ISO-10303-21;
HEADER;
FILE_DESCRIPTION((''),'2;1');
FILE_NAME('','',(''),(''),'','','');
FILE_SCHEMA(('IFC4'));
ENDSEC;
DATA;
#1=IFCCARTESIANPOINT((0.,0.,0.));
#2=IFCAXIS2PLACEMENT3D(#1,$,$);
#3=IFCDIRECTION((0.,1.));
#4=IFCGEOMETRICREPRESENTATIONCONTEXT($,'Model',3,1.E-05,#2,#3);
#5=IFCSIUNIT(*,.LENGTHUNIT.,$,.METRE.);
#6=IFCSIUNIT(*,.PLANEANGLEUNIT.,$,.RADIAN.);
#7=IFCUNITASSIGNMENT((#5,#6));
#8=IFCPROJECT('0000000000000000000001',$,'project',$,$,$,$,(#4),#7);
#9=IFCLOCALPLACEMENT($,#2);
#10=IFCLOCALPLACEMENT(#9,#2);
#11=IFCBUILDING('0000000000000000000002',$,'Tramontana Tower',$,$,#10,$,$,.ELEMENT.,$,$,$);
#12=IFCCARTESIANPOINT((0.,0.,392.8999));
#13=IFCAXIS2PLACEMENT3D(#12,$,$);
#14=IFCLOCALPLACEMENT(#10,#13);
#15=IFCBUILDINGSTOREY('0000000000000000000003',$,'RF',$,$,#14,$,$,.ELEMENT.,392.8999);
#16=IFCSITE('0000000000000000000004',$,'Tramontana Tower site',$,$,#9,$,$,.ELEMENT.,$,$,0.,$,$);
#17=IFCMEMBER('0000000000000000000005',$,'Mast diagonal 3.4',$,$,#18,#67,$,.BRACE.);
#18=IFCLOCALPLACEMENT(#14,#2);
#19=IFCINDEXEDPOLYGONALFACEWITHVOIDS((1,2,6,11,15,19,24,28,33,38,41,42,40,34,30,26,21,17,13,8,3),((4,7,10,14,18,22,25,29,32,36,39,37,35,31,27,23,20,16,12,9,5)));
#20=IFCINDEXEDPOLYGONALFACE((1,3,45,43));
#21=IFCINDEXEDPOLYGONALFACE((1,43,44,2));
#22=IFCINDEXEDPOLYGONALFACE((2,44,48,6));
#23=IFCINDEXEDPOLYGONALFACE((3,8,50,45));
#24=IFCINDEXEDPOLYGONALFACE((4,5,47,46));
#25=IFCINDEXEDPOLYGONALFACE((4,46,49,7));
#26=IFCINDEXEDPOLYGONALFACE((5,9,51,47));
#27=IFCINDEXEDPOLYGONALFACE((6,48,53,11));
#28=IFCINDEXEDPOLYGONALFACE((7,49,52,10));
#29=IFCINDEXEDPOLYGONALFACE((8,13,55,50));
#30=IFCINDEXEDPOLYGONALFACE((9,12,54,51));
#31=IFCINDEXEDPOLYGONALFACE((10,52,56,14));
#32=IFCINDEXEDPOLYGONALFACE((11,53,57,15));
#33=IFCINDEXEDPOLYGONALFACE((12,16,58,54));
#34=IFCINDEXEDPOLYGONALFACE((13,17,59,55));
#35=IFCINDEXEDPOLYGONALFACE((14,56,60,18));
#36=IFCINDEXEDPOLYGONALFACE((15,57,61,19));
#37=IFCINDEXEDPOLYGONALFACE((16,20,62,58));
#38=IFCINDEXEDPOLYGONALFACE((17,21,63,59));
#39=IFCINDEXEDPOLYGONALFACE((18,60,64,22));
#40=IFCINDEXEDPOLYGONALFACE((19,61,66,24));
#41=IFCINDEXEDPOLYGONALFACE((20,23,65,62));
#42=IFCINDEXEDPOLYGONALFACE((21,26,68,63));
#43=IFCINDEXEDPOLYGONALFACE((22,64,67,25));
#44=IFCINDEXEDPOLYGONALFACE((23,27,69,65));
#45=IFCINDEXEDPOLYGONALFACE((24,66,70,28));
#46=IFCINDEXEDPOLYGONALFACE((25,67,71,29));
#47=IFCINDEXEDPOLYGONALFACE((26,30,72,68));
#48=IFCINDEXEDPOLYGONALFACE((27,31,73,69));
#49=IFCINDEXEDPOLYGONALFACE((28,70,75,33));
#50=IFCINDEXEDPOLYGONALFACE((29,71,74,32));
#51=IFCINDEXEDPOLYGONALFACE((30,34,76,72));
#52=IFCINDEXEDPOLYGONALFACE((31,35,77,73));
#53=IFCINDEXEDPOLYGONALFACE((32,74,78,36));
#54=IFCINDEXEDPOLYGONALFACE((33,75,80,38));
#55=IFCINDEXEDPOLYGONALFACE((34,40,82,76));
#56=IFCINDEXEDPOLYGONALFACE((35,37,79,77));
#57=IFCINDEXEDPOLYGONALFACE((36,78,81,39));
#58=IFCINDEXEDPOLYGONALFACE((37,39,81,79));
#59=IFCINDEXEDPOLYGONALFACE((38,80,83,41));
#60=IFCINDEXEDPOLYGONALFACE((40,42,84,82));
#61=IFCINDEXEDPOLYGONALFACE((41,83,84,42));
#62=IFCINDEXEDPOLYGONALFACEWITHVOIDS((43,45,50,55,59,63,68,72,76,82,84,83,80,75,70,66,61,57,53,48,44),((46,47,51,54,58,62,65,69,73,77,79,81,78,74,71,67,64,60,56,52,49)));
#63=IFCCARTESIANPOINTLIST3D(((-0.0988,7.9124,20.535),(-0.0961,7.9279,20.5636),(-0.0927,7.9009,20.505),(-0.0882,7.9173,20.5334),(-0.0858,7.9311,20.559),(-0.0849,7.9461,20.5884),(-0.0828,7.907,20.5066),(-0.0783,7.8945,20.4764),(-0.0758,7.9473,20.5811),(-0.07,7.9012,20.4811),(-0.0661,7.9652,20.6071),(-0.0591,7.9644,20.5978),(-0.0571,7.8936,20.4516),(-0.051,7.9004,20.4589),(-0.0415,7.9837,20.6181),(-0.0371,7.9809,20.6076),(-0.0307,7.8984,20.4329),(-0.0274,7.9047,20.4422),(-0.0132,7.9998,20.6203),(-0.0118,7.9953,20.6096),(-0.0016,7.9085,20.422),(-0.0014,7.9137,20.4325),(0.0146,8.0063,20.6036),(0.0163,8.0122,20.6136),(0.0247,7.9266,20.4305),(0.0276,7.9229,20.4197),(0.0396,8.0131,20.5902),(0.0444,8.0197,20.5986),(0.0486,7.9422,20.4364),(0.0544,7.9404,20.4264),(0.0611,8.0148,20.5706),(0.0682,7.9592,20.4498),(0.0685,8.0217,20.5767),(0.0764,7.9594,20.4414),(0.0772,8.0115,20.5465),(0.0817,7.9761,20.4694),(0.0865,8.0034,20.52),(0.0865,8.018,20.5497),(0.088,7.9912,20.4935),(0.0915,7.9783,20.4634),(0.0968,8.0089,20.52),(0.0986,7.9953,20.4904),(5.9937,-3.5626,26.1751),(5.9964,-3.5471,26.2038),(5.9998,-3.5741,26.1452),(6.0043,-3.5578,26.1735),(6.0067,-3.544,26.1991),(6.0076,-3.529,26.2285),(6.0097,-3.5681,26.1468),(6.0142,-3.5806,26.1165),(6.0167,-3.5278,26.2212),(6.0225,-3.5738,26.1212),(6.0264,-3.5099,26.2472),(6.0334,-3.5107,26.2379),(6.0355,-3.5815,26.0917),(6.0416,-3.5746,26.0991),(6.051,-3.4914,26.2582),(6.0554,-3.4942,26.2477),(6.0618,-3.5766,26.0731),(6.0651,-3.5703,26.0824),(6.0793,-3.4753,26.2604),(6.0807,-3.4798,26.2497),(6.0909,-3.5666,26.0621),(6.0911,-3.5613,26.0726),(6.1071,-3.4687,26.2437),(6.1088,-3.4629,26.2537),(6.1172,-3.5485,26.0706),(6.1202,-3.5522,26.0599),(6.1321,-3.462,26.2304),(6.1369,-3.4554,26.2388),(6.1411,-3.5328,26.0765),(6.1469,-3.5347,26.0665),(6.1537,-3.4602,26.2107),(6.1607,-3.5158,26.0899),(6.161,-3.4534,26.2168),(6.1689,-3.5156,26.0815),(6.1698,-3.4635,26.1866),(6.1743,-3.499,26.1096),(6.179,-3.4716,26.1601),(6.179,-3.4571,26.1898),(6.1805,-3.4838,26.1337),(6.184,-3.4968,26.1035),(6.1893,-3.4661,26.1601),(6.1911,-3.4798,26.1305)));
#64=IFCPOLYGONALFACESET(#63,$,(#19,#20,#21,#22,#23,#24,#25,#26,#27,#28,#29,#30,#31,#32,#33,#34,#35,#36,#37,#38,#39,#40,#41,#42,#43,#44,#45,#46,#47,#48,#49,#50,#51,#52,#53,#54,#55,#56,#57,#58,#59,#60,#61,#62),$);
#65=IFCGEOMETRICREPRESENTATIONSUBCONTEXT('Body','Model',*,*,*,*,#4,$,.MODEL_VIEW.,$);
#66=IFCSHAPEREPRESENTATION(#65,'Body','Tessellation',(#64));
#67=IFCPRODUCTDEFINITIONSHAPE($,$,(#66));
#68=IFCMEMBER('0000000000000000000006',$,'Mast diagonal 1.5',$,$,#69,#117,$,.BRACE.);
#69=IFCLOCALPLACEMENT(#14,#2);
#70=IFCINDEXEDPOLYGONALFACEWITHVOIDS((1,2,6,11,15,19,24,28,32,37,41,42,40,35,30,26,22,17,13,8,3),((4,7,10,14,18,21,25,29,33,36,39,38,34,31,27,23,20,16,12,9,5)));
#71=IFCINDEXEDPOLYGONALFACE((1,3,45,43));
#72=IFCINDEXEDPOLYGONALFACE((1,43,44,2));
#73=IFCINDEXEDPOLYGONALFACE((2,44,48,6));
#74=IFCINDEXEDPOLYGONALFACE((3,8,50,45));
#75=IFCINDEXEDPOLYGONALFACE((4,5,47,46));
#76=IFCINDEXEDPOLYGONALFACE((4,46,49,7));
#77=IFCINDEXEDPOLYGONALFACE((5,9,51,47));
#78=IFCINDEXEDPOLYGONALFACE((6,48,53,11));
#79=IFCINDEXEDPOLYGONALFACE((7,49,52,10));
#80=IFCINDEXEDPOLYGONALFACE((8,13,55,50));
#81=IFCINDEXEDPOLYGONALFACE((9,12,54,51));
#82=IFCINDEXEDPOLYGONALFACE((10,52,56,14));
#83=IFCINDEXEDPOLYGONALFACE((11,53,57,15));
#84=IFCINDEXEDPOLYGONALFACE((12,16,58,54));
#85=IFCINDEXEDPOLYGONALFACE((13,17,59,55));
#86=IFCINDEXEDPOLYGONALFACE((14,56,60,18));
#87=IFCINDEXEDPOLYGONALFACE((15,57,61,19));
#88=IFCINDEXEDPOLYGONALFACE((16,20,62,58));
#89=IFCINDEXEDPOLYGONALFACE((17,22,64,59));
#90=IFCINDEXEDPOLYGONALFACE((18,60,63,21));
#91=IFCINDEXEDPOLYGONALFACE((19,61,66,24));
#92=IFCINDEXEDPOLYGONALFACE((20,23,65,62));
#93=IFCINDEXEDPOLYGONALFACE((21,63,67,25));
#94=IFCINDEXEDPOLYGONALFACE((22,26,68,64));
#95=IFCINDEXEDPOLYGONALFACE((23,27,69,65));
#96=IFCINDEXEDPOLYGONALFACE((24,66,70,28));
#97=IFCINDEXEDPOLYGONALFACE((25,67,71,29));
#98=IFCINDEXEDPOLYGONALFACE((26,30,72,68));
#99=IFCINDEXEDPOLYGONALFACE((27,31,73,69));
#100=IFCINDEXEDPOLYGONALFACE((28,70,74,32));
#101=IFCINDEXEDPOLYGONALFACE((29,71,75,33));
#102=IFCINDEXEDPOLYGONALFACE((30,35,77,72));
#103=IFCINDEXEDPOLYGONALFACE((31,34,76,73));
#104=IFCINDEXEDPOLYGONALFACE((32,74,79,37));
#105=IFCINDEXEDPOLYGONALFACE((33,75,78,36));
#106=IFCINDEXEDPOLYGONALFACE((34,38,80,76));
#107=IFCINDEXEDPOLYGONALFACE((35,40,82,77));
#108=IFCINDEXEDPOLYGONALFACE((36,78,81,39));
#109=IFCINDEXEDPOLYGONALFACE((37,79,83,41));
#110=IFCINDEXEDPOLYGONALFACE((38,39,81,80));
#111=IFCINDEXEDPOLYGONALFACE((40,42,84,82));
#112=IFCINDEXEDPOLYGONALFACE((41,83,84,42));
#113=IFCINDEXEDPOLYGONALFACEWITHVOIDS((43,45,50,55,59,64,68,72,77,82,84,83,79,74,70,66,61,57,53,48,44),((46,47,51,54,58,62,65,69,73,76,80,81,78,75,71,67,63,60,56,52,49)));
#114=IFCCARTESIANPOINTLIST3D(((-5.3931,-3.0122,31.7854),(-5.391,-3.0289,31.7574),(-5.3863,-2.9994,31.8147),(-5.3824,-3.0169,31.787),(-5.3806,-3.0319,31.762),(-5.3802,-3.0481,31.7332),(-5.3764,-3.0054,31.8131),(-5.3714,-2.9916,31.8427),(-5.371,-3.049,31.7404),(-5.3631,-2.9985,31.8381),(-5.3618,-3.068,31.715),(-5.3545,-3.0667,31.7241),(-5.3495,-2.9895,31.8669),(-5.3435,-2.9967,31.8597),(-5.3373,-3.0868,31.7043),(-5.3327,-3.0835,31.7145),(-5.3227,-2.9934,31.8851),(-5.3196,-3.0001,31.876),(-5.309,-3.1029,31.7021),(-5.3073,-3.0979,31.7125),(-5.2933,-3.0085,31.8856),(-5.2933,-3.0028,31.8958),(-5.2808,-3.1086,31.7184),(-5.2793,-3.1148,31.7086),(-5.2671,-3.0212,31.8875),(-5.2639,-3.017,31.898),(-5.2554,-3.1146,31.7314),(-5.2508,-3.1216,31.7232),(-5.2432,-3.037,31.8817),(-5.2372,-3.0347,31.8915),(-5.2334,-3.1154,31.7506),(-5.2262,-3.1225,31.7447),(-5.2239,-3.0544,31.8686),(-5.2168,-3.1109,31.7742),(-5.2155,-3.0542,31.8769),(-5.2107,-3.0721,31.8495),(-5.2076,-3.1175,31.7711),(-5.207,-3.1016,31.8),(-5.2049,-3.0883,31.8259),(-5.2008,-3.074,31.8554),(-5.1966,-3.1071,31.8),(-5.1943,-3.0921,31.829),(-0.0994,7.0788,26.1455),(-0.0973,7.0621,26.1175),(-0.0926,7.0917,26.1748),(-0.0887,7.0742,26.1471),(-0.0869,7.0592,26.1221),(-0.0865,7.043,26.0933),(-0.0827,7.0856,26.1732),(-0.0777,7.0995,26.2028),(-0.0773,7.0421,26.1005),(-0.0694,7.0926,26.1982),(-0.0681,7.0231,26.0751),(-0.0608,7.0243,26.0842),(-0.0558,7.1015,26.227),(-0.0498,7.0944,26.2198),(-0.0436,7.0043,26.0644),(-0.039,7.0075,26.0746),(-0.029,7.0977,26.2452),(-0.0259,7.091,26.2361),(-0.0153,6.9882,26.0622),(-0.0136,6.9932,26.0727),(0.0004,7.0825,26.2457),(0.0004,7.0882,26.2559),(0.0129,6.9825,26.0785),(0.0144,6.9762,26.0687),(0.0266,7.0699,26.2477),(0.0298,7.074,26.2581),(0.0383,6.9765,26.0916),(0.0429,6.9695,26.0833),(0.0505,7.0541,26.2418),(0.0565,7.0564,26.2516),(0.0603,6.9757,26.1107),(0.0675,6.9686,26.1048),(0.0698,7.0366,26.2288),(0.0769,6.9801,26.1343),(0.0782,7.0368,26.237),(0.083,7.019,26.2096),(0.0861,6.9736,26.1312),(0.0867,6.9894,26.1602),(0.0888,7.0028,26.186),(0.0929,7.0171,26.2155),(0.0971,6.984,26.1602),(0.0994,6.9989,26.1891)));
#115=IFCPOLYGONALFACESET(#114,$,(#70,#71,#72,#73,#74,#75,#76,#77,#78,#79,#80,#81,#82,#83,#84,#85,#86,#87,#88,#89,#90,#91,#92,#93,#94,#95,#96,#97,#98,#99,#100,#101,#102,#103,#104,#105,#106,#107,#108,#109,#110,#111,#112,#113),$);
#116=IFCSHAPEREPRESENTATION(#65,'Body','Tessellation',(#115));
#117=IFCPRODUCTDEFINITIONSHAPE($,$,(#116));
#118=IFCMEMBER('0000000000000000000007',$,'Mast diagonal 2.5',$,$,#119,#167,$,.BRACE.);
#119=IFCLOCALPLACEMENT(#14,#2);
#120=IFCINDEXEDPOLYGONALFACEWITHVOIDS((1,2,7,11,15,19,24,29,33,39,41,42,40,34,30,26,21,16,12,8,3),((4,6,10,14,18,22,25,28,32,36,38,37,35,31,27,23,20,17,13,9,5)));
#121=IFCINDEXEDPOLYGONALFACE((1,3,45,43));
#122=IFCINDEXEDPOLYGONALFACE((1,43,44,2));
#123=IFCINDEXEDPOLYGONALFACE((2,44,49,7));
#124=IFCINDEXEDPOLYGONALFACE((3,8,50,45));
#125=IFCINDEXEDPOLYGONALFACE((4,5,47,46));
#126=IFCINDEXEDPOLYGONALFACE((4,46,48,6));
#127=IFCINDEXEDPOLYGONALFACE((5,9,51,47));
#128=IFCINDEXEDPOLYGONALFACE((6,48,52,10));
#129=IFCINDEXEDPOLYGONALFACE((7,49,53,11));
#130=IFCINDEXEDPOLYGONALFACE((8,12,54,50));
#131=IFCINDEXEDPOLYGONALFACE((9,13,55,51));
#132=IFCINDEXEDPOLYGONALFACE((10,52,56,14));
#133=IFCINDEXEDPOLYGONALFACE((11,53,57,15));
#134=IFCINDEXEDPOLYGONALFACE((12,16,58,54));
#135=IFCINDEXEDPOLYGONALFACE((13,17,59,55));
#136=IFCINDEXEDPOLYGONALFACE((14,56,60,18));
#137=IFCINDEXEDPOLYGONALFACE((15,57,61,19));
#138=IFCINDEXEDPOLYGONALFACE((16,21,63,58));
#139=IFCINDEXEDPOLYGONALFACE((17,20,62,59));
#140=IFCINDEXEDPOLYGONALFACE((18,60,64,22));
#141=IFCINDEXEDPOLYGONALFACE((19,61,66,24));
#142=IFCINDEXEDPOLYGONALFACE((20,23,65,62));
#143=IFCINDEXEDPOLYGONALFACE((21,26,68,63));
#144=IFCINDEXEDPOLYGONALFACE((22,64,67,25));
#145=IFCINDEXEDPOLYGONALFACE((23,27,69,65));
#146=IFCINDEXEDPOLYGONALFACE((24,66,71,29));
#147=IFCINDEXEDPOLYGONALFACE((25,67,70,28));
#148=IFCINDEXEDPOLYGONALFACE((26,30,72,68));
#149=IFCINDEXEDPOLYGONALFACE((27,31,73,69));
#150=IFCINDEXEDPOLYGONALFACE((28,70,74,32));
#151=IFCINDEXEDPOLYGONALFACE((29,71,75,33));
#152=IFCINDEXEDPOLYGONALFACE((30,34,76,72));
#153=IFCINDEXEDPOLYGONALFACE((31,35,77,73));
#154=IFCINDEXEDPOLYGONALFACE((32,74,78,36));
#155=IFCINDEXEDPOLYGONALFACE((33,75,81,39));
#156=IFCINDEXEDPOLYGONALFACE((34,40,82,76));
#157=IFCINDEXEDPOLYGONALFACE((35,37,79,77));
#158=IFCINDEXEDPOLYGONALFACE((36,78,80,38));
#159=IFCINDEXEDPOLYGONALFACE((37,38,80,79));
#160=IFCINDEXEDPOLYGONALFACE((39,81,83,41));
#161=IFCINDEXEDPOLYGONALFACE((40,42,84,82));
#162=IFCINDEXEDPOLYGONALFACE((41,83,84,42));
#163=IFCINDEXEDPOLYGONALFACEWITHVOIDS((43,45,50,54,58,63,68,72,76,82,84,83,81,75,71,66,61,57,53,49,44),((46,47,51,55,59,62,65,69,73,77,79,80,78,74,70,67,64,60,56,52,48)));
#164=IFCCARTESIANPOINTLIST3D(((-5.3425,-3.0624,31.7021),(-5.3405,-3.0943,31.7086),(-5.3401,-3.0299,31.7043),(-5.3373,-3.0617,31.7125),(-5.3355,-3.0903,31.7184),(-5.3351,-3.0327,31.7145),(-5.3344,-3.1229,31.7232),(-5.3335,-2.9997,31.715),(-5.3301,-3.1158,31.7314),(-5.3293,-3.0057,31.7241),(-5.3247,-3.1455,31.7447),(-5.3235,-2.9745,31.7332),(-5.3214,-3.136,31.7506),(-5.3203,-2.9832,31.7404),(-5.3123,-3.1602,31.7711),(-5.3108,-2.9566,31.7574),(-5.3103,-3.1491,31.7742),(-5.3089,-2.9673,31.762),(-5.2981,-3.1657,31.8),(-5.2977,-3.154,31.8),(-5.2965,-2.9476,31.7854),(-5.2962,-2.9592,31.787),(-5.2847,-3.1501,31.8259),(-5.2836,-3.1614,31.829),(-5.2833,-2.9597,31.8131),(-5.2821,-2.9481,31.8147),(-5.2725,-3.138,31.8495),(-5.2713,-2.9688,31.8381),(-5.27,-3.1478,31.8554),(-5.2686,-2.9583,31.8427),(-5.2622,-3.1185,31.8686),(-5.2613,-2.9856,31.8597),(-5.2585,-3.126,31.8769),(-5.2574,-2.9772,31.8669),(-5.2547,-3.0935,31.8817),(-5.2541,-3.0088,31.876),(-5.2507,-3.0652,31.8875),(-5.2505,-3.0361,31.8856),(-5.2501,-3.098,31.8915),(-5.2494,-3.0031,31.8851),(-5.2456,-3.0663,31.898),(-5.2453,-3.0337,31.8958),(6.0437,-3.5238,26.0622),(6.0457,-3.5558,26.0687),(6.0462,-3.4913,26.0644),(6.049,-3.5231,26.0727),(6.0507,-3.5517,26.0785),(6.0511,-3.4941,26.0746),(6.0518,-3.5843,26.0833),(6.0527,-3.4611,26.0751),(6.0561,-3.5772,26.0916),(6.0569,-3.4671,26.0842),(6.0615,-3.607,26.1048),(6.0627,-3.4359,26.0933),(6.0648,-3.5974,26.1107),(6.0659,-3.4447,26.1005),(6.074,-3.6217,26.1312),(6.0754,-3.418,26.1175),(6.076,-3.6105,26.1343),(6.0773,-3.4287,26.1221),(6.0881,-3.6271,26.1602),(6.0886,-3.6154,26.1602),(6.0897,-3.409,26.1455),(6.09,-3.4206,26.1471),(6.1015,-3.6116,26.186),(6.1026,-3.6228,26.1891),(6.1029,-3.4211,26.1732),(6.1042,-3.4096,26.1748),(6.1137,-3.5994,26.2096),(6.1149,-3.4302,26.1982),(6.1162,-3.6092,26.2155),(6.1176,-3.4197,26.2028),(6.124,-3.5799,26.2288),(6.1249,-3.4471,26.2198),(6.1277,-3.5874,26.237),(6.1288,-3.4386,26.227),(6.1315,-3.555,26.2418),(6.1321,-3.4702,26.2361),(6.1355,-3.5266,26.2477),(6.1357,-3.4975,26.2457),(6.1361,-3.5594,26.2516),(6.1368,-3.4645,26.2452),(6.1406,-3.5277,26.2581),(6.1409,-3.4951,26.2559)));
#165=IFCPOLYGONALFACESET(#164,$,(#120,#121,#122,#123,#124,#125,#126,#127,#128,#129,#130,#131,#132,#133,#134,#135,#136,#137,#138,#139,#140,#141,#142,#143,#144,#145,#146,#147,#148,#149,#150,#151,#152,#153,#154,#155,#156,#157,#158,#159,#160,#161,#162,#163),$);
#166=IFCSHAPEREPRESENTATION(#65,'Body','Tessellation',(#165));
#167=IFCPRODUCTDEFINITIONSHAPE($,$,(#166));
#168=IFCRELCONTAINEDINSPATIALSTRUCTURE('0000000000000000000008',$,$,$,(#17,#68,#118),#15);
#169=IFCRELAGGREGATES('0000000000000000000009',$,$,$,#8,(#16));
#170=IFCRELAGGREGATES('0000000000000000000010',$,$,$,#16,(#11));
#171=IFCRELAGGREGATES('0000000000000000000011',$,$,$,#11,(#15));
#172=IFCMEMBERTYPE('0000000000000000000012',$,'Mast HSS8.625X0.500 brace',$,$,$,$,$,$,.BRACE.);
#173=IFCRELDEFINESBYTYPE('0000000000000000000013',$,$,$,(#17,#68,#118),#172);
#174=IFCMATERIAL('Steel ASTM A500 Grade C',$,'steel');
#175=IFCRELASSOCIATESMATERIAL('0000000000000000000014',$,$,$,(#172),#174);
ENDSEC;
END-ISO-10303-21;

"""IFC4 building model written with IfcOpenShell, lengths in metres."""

from ifc_helpers import new_model, si_unit, direction, frame, origin, origin_2d, place, context, subcontext, project, spatial, hollow_circle, extrude, material, material_profile, profile_set, type_object, element, save


model = new_model("IFC4")

# Units and contexts
model_context = context("Model", 3, precision=1e-05, world=origin(), true_north=direction((0.0, 1.0)))
body_context = subcontext(model_context, "Body", "Model", "MODEL_VIEW")
ifc_project = project(units=[si_unit("LENGTHUNIT", "METRE"), si_unit("PLANEANGLEUNIT", "RADIAN")], contexts=[model_context])

# Site, building, storey
site_placement = place(None, origin())
site = spatial("IfcSite", under=ifc_project, at=site_placement, Name="Tramontana Tower site", CompositionType="ELEMENT", RefElevation=0.0)
building_placement = place(site_placement, origin())
building = spatial("IfcBuilding", under=site, at=building_placement, Name="Tramontana Tower", CompositionType="ELEMENT")
storey_placement = place(building_placement, frame((0.0, 0.0, 392.8999)))
storey = spatial("IfcBuildingStorey", under=building, at=storey_placement, Name="RF", CompositionType="ELEMENT", Elevation=392.8999)

# Members
ifc_material_1 = material(Name="Steel ASTM A500 Grade C", Category="steel")
ifc_material_profile_1 = material_profile(ifc_material_1, hollow_circle(Radius=0.1096, WallThickness=0.0117, at=origin_2d()), Name="HSS8.625X0.500")
ifc_profile_set_1 = profile_set([ifc_material_profile_1], Name="Steel ASTM A500 Grade C")
member_type_1 = type_object("IfcMemberType", Name="Mast HSS8.625X0.500 brace", PredefinedType="BRACE", material=ifc_profile_set_1)
for number, where, z_axis, x_axis, name in (
    (1, (0.0, 7.9575, 20.52), (0.430154, -0.810182, 0.398213), (0.883231, 0.468938, 0.0), "Mast diagonal 3.4"),
):
    element("IfcMember", number, at=place(storey_placement, frame(where, z_axis=z_axis, x_axis=x_axis)), inside=storey, type_object=member_type_1, Name=name, PredefinedType="BRACE", context=body_context, shape_type="SweptSolid", body=[
        extrude(hollow_circle(Radius=0.1096, WallThickness=0.0117, at=origin_2d()), origin(), (0.0, 0.0, 1.0), 14.1636),
    ])
member_1_placement = place(storey_placement, frame((0.0, 7.0349, 26.1602), z_axis=(-0.416348, -0.793659, 0.443576), x_axis=(0.885546, -0.464551, 0.0)))
element("IfcMember", 2, at=member_1_placement, inside=storey, type_object=member_type_1, Name="Mast diagonal 1.5", PredefinedType="BRACE", context=body_context, shape_type="SweptSolid", body=[
    extrude(hollow_circle(Radius=0.1096, WallThickness=0.0117, at=origin_2d()), origin(), (0.0, 0.0, 1.0), 12.7146),
])
for number, where, z_axis, x_axis, name in (
    (3, (6.0925, -3.5176, 26.1602), (-0.895506, 0.03629, 0.443567), (-0.040492, -0.99918, 0.0), "Mast diagonal 2.5"),
):
    element("IfcMember", number, at=place(storey_placement, frame(where, z_axis=z_axis, x_axis=x_axis)), inside=storey, type_object=member_type_1, Name=name, PredefinedType="BRACE", context=body_context, shape_type="SweptSolid", body=[
        extrude(hollow_circle(Radius=0.1096, WallThickness=0.0117, at=origin_2d()), origin(), (0.0, 0.0, 1.0), 12.7148),
    ])

save(model, "model.ifc")
